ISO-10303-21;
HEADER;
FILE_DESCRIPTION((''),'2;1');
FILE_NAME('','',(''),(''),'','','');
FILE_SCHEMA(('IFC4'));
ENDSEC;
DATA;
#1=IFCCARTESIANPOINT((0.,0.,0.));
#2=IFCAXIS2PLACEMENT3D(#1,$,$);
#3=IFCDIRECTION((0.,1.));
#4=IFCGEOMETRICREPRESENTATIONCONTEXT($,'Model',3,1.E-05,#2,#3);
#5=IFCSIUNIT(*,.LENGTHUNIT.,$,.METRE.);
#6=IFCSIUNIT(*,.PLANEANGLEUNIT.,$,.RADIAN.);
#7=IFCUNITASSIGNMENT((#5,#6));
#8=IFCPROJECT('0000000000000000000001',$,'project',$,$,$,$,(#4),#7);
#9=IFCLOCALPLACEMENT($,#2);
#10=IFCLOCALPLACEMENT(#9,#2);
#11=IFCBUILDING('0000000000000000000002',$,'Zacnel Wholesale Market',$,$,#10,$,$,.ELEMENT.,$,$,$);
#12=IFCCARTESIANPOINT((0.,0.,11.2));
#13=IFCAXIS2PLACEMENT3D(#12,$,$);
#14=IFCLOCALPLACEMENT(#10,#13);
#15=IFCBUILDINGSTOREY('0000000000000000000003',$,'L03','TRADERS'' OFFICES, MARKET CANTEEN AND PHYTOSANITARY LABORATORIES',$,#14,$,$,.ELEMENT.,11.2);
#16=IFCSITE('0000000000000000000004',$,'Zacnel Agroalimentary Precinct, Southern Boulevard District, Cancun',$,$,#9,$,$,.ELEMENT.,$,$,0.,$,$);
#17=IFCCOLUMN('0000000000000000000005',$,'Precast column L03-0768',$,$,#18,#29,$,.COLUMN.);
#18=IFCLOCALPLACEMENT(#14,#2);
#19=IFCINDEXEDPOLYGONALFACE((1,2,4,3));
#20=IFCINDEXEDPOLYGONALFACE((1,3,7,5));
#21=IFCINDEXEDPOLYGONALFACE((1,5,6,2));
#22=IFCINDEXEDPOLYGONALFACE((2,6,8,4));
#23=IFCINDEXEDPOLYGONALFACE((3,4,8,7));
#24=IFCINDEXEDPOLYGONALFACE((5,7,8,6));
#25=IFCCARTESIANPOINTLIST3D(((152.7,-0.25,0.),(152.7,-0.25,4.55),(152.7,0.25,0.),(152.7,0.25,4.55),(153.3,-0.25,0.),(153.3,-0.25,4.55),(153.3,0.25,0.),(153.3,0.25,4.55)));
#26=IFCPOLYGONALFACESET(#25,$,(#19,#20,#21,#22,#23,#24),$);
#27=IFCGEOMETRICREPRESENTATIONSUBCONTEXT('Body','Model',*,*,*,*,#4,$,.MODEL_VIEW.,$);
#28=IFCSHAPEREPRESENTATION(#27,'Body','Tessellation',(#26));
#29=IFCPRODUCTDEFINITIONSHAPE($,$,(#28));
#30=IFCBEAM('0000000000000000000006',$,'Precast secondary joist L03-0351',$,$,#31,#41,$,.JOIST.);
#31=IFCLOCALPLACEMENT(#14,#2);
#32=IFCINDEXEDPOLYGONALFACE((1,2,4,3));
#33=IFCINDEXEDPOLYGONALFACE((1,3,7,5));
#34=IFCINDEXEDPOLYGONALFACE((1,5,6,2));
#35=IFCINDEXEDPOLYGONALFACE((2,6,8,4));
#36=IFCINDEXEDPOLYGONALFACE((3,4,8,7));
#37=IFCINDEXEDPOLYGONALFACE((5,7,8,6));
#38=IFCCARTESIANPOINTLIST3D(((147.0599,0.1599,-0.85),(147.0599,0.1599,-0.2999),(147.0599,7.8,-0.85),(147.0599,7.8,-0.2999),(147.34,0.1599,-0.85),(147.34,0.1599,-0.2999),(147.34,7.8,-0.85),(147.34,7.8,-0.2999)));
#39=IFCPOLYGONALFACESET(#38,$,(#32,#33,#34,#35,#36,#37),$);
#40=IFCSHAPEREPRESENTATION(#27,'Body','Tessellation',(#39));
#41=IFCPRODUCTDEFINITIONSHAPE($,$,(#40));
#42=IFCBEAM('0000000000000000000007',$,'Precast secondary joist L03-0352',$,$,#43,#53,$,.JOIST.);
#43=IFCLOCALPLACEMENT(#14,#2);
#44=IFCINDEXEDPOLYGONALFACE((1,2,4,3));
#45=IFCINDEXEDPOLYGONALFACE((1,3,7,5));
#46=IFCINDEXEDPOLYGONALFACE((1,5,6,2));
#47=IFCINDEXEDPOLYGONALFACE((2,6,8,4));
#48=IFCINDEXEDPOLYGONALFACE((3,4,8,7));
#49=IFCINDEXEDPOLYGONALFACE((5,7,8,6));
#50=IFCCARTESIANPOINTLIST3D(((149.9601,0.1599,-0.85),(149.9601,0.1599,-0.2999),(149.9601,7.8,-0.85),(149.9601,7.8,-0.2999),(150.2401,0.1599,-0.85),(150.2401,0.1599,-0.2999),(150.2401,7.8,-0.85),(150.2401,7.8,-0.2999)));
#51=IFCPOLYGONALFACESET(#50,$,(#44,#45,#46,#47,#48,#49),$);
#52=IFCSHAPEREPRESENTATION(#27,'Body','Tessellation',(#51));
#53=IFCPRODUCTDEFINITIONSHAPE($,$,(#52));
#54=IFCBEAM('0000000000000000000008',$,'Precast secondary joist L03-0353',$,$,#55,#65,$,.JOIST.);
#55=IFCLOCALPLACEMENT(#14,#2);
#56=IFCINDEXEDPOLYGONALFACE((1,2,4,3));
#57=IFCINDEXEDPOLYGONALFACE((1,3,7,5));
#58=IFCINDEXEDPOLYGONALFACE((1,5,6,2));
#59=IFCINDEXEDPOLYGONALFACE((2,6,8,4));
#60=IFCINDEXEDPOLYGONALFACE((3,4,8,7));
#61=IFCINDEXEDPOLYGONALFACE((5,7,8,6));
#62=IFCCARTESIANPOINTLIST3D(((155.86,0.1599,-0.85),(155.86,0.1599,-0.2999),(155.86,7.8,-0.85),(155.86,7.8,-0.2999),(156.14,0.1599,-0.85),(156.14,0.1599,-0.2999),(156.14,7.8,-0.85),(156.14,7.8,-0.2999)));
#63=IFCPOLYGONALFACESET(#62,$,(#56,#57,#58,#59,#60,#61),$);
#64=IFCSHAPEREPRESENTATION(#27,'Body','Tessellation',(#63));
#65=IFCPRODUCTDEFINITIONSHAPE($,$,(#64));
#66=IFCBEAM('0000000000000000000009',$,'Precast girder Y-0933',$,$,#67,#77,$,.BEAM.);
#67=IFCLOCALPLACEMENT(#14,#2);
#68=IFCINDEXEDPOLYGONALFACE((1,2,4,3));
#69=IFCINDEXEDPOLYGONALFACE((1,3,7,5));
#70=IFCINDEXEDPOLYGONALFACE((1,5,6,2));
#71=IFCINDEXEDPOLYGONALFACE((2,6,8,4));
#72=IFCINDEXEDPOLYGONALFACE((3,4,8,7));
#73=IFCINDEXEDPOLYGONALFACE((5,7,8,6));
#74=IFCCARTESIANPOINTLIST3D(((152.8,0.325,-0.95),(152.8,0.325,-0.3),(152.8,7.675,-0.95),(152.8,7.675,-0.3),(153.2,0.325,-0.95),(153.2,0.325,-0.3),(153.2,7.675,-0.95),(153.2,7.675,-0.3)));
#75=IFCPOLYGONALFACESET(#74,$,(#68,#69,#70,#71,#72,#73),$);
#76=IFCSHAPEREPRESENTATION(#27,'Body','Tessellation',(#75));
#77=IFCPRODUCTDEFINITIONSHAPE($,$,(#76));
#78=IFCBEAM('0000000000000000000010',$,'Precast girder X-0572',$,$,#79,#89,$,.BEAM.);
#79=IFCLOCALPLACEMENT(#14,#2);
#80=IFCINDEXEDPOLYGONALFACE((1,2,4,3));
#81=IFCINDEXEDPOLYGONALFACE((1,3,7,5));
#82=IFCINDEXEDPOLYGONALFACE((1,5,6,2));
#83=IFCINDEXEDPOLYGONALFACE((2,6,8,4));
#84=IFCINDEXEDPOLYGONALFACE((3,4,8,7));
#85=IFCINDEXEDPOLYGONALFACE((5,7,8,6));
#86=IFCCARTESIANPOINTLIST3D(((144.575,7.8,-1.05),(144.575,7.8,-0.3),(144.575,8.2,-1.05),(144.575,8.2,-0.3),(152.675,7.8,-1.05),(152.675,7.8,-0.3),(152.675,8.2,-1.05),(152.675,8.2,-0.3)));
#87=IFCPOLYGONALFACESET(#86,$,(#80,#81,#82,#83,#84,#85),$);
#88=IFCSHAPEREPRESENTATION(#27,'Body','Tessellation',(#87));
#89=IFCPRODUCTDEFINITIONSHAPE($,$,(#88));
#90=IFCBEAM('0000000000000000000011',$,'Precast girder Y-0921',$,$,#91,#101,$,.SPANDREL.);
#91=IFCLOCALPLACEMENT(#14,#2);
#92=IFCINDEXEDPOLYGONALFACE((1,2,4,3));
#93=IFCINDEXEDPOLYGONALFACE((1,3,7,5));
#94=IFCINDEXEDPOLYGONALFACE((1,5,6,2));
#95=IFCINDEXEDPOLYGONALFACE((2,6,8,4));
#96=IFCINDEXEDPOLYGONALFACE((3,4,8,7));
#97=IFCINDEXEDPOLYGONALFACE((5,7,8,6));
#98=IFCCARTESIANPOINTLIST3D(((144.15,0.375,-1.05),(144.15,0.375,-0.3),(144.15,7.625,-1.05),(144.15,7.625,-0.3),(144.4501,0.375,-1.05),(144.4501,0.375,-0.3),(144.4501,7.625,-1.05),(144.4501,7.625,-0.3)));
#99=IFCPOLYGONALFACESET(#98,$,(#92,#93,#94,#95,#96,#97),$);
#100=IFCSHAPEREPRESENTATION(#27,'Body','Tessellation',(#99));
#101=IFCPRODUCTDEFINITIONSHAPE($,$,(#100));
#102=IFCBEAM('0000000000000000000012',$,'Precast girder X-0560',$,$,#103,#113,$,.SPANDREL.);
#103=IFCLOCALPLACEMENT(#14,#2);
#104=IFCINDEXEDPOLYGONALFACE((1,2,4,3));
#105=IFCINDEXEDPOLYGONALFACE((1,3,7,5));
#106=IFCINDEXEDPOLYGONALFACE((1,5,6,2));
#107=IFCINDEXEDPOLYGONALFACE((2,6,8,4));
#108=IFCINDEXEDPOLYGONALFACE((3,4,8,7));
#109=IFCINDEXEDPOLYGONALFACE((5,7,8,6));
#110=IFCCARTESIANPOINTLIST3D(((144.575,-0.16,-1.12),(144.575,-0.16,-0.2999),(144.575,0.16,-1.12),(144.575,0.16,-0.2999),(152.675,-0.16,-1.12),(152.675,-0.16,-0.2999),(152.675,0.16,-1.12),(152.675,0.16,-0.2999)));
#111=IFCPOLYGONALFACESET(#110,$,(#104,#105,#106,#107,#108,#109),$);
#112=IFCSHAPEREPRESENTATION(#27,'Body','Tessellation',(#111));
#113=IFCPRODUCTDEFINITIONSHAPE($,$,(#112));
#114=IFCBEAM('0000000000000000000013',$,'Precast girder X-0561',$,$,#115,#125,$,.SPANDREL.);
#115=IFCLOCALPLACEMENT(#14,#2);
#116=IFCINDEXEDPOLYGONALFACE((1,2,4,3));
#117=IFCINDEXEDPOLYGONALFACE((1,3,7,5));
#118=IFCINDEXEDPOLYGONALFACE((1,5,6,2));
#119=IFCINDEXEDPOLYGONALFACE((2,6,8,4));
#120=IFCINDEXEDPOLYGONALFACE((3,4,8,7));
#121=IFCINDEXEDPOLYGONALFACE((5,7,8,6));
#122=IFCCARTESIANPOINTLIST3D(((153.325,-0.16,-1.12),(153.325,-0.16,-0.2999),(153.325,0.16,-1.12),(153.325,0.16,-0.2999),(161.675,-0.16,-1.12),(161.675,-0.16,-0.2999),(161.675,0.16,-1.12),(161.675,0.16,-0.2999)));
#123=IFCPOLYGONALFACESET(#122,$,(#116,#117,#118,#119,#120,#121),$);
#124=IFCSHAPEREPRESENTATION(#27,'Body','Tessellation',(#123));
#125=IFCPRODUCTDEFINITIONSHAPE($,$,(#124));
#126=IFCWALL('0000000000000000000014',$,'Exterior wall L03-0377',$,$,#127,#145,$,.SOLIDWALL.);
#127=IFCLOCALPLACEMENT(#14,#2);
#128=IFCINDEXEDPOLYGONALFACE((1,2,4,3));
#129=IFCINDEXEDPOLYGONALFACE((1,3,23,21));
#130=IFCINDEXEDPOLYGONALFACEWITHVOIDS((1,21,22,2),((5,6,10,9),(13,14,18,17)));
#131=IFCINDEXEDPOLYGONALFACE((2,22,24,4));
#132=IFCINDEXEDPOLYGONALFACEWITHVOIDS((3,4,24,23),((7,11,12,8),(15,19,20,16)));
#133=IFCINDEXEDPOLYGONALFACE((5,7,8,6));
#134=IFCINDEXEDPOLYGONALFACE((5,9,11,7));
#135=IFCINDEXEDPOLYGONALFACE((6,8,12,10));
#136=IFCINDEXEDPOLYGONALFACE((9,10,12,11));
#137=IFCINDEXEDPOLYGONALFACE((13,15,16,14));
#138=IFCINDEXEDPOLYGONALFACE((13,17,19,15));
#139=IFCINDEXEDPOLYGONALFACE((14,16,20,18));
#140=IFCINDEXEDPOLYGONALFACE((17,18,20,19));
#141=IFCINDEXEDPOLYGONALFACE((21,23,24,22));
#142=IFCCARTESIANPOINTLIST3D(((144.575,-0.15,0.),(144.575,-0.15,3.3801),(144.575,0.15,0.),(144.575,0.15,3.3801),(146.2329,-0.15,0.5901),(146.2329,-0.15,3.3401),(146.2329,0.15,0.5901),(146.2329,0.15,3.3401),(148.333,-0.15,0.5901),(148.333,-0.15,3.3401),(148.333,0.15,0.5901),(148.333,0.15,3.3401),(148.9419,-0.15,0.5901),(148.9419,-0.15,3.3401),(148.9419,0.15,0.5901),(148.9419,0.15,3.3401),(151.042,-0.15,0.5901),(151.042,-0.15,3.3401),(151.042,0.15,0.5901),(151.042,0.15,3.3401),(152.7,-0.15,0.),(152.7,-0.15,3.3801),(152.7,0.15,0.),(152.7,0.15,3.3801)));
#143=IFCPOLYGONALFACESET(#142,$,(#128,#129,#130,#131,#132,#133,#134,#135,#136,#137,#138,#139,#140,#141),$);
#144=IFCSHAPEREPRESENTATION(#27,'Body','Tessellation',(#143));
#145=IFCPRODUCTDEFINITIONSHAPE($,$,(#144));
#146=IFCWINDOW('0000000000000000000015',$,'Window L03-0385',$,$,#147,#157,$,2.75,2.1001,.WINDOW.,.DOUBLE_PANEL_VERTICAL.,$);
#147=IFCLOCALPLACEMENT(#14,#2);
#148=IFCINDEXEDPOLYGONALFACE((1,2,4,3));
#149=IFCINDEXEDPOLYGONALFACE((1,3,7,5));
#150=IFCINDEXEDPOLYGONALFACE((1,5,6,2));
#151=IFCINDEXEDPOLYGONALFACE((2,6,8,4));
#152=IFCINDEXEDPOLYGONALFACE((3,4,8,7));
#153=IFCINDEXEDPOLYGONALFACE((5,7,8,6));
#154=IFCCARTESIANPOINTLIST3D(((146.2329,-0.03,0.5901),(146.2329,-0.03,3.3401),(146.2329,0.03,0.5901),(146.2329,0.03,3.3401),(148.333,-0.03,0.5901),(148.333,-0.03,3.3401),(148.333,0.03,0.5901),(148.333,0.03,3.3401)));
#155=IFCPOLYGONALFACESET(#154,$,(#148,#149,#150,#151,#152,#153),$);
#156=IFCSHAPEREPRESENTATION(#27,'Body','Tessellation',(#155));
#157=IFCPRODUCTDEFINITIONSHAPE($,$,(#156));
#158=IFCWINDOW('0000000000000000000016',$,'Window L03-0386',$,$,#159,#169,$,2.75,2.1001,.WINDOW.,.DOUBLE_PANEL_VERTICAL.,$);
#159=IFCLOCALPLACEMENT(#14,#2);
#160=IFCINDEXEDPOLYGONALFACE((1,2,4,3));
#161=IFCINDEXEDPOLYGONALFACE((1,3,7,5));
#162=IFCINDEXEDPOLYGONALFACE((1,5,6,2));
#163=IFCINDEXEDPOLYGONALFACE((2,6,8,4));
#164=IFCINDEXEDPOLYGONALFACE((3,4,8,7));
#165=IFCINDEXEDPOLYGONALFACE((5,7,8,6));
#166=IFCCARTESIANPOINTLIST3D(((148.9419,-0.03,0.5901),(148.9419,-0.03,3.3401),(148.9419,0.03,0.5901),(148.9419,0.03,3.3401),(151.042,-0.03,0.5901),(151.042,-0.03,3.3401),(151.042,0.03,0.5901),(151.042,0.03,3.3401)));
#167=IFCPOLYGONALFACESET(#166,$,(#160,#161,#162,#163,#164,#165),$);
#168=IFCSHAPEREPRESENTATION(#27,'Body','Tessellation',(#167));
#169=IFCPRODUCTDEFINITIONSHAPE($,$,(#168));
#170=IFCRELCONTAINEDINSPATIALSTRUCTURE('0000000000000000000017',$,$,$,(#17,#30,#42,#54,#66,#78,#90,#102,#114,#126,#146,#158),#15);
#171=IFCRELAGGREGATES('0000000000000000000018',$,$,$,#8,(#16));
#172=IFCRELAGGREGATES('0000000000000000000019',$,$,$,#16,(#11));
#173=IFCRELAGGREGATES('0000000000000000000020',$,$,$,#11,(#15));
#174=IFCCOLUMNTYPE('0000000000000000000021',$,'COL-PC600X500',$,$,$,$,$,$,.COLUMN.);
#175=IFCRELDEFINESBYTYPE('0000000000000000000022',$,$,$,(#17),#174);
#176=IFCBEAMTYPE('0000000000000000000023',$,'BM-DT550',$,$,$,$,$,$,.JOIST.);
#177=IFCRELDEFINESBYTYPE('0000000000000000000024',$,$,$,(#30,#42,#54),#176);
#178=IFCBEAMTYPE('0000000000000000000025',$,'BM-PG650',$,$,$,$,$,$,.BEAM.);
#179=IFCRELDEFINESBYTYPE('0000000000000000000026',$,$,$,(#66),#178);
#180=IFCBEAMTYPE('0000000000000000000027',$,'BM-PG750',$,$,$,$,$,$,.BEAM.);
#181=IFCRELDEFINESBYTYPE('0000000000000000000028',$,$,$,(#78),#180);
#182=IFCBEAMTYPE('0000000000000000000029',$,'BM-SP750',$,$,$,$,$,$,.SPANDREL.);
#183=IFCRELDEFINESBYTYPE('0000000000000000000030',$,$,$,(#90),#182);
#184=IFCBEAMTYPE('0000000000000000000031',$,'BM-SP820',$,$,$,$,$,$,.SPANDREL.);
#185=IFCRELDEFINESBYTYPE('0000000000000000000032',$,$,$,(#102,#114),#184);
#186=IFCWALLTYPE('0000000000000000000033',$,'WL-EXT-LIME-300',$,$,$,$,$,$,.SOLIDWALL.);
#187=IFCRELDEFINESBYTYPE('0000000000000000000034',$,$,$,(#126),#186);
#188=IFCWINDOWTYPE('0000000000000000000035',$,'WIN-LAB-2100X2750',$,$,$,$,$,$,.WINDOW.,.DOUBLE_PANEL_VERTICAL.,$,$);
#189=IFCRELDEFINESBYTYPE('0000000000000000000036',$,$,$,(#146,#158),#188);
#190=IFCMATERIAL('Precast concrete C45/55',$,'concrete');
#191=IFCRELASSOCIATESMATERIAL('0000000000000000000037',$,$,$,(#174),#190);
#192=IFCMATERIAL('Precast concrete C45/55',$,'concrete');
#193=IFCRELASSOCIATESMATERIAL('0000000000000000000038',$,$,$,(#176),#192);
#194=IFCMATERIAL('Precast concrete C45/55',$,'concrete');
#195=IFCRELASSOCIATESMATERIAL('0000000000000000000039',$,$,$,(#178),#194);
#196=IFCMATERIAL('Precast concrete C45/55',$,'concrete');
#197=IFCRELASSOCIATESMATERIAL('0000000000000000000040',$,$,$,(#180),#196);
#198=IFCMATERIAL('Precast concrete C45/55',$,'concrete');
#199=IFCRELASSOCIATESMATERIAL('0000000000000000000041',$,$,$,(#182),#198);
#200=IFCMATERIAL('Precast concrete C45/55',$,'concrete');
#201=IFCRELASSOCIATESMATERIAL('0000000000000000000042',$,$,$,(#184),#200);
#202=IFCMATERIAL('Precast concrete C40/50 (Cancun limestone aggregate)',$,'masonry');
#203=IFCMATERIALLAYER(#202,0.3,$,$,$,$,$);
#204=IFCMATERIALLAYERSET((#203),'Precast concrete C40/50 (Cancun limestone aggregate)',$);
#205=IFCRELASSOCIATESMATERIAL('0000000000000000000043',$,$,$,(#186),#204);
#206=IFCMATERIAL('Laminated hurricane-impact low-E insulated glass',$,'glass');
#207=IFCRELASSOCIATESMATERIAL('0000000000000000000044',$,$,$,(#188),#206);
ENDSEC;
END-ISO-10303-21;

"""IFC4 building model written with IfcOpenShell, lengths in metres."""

from ifc_helpers import new_model, si_unit, direction, frame, frame_2d, origin, origin_2d, place, context, subcontext, project, spatial, rectangle, extrude, material, layer, layer_set, material_profile, profile_set, type_object, element, fill, save


model = new_model("IFC4")

# Units and contexts
model_context = context("Model", 3, precision=1e-05, world=origin(), true_north=direction((0.0, 1.0)))
body_context = subcontext(model_context, "Body", "Model", "MODEL_VIEW")
ifc_project = project(units=[si_unit("LENGTHUNIT", "METRE"), si_unit("PLANEANGLEUNIT", "RADIAN")], contexts=[model_context])

# Site, building, storey
site_placement = place(None, origin())
site = spatial("IfcSite", under=ifc_project, at=site_placement, Name="Zacnel Agroalimentary Precinct, Southern Boulevard District, Cancun", CompositionType="ELEMENT", RefElevation=0.0)
building_placement = place(site_placement, origin())
building = spatial("IfcBuilding", under=site, at=building_placement, Name="Zacnel Wholesale Market", CompositionType="ELEMENT")
storey_placement = place(building_placement, frame((0.0, 0.0, 11.2)))
storey = spatial("IfcBuildingStorey", under=building, at=storey_placement, Name="L03", Description="TRADERS' OFFICES, MARKET CANTEEN AND PHYTOSANITARY LABORATORIES", CompositionType="ELEMENT", Elevation=11.2)

# Column
ifc_material_1 = material(Name="Precast concrete C45/55", Category="concrete")
ifc_material_profile_1 = material_profile(ifc_material_1, rectangle(XDim=0.6001, YDim=0.5, at=origin_2d()), Name="PC 600x500")
ifc_profile_set_1 = profile_set([ifc_material_profile_1], Name="Precast concrete C45/55")
column_type = type_object("IfcColumnType", Name="COL-PC600X500", PredefinedType="COLUMN", material=ifc_profile_set_1)
column_placement = place(storey_placement, frame((153.0, 0.0, 0.0), z_axis=(0.0, 0.0, 1.0), x_axis=(1.0, 0.0, 0.0)))
element("IfcColumn", 1, at=column_placement, inside=storey, type_object=column_type, Name="Precast column L03-0768", PredefinedType="COLUMN", context=body_context, shape_type="SweptSolid", body=[
    extrude(rectangle(XDim=0.6001, YDim=0.5, at=origin_2d()), origin(), (0.0, 0.0, 1.0), 4.55),
])

# Beams
ifc_material_2 = material(Name="Precast concrete C45/55", Category="concrete")
ifc_material_profile_2 = material_profile(ifc_material_2, rectangle(XDim=0.28, YDim=0.55, at=origin_2d()), Name="DT RIB 280x550")
ifc_profile_set_2 = profile_set([ifc_material_profile_2], Name="Precast concrete C45/55")
beam_type_1 = type_object("IfcBeamType", Name="BM-DT550", PredefinedType="JOIST", material=ifc_profile_set_2)
for number, where, z_axis, x_axis, name in (
    (2, (147.2, 0.1599, -0.575), (0.0, 1.0, 0.0), (-1.0, 0.0, 0.0), "Precast secondary joist L03-0351"),
    (3, (150.1001, 0.1599, -0.575), (0.0, 1.0, 0.0), (-1.0, 0.0, 0.0), "Precast secondary joist L03-0352"),
    (4, (156.0, 0.1599, -0.575), (0.0, 1.0, 0.0), (-1.0, 0.0, 0.0), "Precast secondary joist L03-0353"),
):
    element("IfcBeam", number, at=place(storey_placement, frame(where, z_axis=z_axis, x_axis=x_axis)), inside=storey, type_object=beam_type_1, Name=name, PredefinedType="JOIST", context=body_context, shape_type="SweptSolid", body=[
        extrude(rectangle(XDim=0.28, YDim=0.55, at=origin_2d()), origin(), (0.0, 0.0, 1.0), 7.6401),
    ])
ifc_material_3 = material(Name="Precast concrete C45/55", Category="concrete")
ifc_material_profile_3 = material_profile(ifc_material_3, rectangle(XDim=0.3999, YDim=0.6499, at=origin_2d()), Name="PG 400x650")
ifc_profile_set_3 = profile_set([ifc_material_profile_3], Name="Precast concrete C45/55")
beam_type_2 = type_object("IfcBeamType", Name="BM-PG650", PredefinedType="BEAM", material=ifc_profile_set_3)
beam_1_placement = place(storey_placement, frame((153.0, 0.325, -0.625), z_axis=(0.0, 1.0, 0.0), x_axis=(-1.0, 0.0, 0.0)))
element("IfcBeam", 5, at=beam_1_placement, inside=storey, type_object=beam_type_2, Name="Precast girder Y-0933", PredefinedType="BEAM", context=body_context, shape_type="SweptSolid", body=[
    extrude(rectangle(XDim=0.3999, YDim=0.6499, at=origin_2d()), origin(), (0.0, 0.0, 1.0), 7.3501),
])
ifc_material_4 = material(Name="Precast concrete C45/55", Category="concrete")
ifc_material_profile_4 = material_profile(ifc_material_4, rectangle(XDim=0.3999, YDim=0.75, at=origin_2d()), Name="PG 400x750")
ifc_profile_set_4 = profile_set([ifc_material_profile_4], Name="Precast concrete C45/55")
beam_type_3 = type_object("IfcBeamType", Name="BM-PG750", PredefinedType="BEAM", material=ifc_profile_set_4)
beam_2_placement = place(storey_placement, frame((144.575, 8.0, -0.675), z_axis=(1.0, 0.0, 0.0), x_axis=(0.0, 1.0, 0.0)))
element("IfcBeam", 6, at=beam_2_placement, inside=storey, type_object=beam_type_3, Name="Precast girder X-0572", PredefinedType="BEAM", context=body_context, shape_type="SweptSolid", body=[
    extrude(rectangle(XDim=0.3999, YDim=0.75, at=origin_2d()), origin(), (0.0, 0.0, 1.0), 8.1001),
])
ifc_material_5 = material(Name="Precast concrete C45/55", Category="concrete")
ifc_material_profile_5 = material_profile(ifc_material_5, rectangle(XDim=0.3, YDim=0.75, at=origin_2d()), Name="SP 300x750")
ifc_profile_set_5 = profile_set([ifc_material_profile_5], Name="Precast concrete C45/55")
beam_type_4 = type_object("IfcBeamType", Name="BM-SP750", PredefinedType="SPANDREL", material=ifc_profile_set_5)
beam_3_placement = place(storey_placement, frame((144.3, 0.375, -0.675), z_axis=(0.0, 1.0, 0.0), x_axis=(-1.0, 0.0, 0.0)))
element("IfcBeam", 7, at=beam_3_placement, inside=storey, type_object=beam_type_4, Name="Precast girder Y-0921", PredefinedType="SPANDREL", context=body_context, shape_type="SweptSolid", body=[
    extrude(rectangle(XDim=0.3, YDim=0.75, at=origin_2d()), origin(), (0.0, 0.0, 1.0), 7.25),
])
ifc_material_6 = material(Name="Precast concrete C45/55", Category="concrete")
ifc_material_profile_6 = material_profile(ifc_material_6, rectangle(XDim=0.3201, YDim=0.8201, at=origin_2d()), Name="SP 320x820")
ifc_profile_set_6 = profile_set([ifc_material_profile_6], Name="Precast concrete C45/55")
beam_type_5 = type_object("IfcBeamType", Name="BM-SP820", PredefinedType="SPANDREL", material=ifc_profile_set_6)
beam_4_placement = place(storey_placement, frame((144.575, 0.0, -0.71), z_axis=(1.0, 0.0, 0.0), x_axis=(0.0, 1.0, 0.0)))
element("IfcBeam", 8, at=beam_4_placement, inside=storey, type_object=beam_type_5, Name="Precast girder X-0560", PredefinedType="SPANDREL", context=body_context, shape_type="SweptSolid", body=[
    extrude(rectangle(XDim=0.3201, YDim=0.8201, at=origin_2d()), origin(), (0.0, 0.0, 1.0), 8.1001),
])
beam_5_placement = place(storey_placement, frame((153.325, 0.0, -0.71), z_axis=(1.0, 0.0, 0.0), x_axis=(0.0, 1.0, 0.0)))
element("IfcBeam", 9, at=beam_5_placement, inside=storey, type_object=beam_type_5, Name="Precast girder X-0561", PredefinedType="SPANDREL", context=body_context, shape_type="SweptSolid", body=[
    extrude(rectangle(XDim=0.3201, YDim=0.8201, at=origin_2d()), origin(), (0.0, 0.0, 1.0), 8.3501),
])

# Wall, openings, windows
ifc_material_7 = material(Name="Precast concrete C40/50 (Cancun limestone aggregate)", Category="masonry")
ifc_layer_1 = layer(ifc_material_7, 0.3)
ifc_layer_set_1 = layer_set([ifc_layer_1], Name="Precast concrete C40/50 (Cancun limestone aggregate)")
wall_type = type_object("IfcWallType", Name="WL-EXT-LIME-300", PredefinedType="SOLIDWALL", material=ifc_layer_set_1)
wall_1_placement = place(storey_placement, frame((144.575, 0.0, 0.0), z_axis=(0.0, 0.0, 1.0), x_axis=(1.0, 0.0, 0.0)))
wall_1 = element("IfcWall", 10, at=wall_1_placement, inside=storey, type_object=wall_type, Name="Exterior wall L03-0377", PredefinedType="SOLIDWALL", context=body_context, shape_type="SweptSolid", body=[
    extrude(rectangle(XDim=8.125, YDim=0.3, at=frame_2d((4.0625, 0.0))), origin(), (0.0, 0.0, 1.0), 3.3801),
])
opening_1_placement = place(wall_1_placement, frame((1.658, 0.0, 0.5901)))
opening_1 = element("IfcOpeningElement", 11, at=opening_1_placement, cuts=wall_1, PredefinedType="OPENING", context=body_context, shape_type="SweptSolid", body=[
    extrude(rectangle(XDim=2.1001, YDim=2.75, at=frame_2d((1.05, 1.375))), frame((0.0, 0.1599, 0.0), z_axis=(0.0, -1.0, 0.0), x_axis=(1.0, 0.0, 0.0)), (0.0, 0.0, 1.0), 0.3201),
])
opening_2_placement = place(wall_1_placement, frame((4.3669, 0.0, 0.5901)))
opening_2 = element("IfcOpeningElement", 12, at=opening_2_placement, cuts=wall_1, PredefinedType="OPENING", context=body_context, shape_type="SweptSolid", body=[
    extrude(rectangle(XDim=2.1001, YDim=2.75, at=frame_2d((1.05, 1.375))), frame((0.0, 0.1599, 0.0), z_axis=(0.0, -1.0, 0.0), x_axis=(1.0, 0.0, 0.0)), (0.0, 0.0, 1.0), 0.3201),
])
ifc_material_8 = material(Name="Laminated hurricane-impact low-E insulated glass", Category="glass")
window_type_1 = type_object("IfcWindowType", Name="WIN-LAB-2100X2750", PartitioningType="DOUBLE_PANEL_VERTICAL", PredefinedType="WINDOW", material=ifc_material_8)
window_1_placement = place(opening_1_placement, origin())
window_1 = element("IfcWindow", 13, at=window_1_placement, inside=storey, type_object=window_type_1, Name="Window L03-0385", OverallHeight=2.75, OverallWidth=2.1001, PartitioningType="DOUBLE_PANEL_VERTICAL", PredefinedType="WINDOW", context=body_context, shape_type="SweptSolid", body=[
    extrude(rectangle(XDim=2.1001, YDim=2.75, at=frame_2d((1.05, 1.375))), frame((0.0, 0.03, 0.0), z_axis=(0.0, -1.0, 0.0), x_axis=(1.0, 0.0, 0.0)), (0.0, 0.0, 1.0), 0.0601),
])
fill(opening_1, window_1)
window_2_placement = place(opening_2_placement, origin())
window_2 = element("IfcWindow", 14, at=window_2_placement, inside=storey, type_object=window_type_1, Name="Window L03-0386", OverallHeight=2.75, OverallWidth=2.1001, PartitioningType="DOUBLE_PANEL_VERTICAL", PredefinedType="WINDOW", context=body_context, shape_type="SweptSolid", body=[
    extrude(rectangle(XDim=2.1001, YDim=2.75, at=frame_2d((1.05, 1.375))), frame((0.0, 0.03, 0.0), z_axis=(0.0, -1.0, 0.0), x_axis=(1.0, 0.0, 0.0)), (0.0, 0.0, 1.0), 0.0601),
])
fill(opening_2, window_2)

save(model, "model.ifc")
